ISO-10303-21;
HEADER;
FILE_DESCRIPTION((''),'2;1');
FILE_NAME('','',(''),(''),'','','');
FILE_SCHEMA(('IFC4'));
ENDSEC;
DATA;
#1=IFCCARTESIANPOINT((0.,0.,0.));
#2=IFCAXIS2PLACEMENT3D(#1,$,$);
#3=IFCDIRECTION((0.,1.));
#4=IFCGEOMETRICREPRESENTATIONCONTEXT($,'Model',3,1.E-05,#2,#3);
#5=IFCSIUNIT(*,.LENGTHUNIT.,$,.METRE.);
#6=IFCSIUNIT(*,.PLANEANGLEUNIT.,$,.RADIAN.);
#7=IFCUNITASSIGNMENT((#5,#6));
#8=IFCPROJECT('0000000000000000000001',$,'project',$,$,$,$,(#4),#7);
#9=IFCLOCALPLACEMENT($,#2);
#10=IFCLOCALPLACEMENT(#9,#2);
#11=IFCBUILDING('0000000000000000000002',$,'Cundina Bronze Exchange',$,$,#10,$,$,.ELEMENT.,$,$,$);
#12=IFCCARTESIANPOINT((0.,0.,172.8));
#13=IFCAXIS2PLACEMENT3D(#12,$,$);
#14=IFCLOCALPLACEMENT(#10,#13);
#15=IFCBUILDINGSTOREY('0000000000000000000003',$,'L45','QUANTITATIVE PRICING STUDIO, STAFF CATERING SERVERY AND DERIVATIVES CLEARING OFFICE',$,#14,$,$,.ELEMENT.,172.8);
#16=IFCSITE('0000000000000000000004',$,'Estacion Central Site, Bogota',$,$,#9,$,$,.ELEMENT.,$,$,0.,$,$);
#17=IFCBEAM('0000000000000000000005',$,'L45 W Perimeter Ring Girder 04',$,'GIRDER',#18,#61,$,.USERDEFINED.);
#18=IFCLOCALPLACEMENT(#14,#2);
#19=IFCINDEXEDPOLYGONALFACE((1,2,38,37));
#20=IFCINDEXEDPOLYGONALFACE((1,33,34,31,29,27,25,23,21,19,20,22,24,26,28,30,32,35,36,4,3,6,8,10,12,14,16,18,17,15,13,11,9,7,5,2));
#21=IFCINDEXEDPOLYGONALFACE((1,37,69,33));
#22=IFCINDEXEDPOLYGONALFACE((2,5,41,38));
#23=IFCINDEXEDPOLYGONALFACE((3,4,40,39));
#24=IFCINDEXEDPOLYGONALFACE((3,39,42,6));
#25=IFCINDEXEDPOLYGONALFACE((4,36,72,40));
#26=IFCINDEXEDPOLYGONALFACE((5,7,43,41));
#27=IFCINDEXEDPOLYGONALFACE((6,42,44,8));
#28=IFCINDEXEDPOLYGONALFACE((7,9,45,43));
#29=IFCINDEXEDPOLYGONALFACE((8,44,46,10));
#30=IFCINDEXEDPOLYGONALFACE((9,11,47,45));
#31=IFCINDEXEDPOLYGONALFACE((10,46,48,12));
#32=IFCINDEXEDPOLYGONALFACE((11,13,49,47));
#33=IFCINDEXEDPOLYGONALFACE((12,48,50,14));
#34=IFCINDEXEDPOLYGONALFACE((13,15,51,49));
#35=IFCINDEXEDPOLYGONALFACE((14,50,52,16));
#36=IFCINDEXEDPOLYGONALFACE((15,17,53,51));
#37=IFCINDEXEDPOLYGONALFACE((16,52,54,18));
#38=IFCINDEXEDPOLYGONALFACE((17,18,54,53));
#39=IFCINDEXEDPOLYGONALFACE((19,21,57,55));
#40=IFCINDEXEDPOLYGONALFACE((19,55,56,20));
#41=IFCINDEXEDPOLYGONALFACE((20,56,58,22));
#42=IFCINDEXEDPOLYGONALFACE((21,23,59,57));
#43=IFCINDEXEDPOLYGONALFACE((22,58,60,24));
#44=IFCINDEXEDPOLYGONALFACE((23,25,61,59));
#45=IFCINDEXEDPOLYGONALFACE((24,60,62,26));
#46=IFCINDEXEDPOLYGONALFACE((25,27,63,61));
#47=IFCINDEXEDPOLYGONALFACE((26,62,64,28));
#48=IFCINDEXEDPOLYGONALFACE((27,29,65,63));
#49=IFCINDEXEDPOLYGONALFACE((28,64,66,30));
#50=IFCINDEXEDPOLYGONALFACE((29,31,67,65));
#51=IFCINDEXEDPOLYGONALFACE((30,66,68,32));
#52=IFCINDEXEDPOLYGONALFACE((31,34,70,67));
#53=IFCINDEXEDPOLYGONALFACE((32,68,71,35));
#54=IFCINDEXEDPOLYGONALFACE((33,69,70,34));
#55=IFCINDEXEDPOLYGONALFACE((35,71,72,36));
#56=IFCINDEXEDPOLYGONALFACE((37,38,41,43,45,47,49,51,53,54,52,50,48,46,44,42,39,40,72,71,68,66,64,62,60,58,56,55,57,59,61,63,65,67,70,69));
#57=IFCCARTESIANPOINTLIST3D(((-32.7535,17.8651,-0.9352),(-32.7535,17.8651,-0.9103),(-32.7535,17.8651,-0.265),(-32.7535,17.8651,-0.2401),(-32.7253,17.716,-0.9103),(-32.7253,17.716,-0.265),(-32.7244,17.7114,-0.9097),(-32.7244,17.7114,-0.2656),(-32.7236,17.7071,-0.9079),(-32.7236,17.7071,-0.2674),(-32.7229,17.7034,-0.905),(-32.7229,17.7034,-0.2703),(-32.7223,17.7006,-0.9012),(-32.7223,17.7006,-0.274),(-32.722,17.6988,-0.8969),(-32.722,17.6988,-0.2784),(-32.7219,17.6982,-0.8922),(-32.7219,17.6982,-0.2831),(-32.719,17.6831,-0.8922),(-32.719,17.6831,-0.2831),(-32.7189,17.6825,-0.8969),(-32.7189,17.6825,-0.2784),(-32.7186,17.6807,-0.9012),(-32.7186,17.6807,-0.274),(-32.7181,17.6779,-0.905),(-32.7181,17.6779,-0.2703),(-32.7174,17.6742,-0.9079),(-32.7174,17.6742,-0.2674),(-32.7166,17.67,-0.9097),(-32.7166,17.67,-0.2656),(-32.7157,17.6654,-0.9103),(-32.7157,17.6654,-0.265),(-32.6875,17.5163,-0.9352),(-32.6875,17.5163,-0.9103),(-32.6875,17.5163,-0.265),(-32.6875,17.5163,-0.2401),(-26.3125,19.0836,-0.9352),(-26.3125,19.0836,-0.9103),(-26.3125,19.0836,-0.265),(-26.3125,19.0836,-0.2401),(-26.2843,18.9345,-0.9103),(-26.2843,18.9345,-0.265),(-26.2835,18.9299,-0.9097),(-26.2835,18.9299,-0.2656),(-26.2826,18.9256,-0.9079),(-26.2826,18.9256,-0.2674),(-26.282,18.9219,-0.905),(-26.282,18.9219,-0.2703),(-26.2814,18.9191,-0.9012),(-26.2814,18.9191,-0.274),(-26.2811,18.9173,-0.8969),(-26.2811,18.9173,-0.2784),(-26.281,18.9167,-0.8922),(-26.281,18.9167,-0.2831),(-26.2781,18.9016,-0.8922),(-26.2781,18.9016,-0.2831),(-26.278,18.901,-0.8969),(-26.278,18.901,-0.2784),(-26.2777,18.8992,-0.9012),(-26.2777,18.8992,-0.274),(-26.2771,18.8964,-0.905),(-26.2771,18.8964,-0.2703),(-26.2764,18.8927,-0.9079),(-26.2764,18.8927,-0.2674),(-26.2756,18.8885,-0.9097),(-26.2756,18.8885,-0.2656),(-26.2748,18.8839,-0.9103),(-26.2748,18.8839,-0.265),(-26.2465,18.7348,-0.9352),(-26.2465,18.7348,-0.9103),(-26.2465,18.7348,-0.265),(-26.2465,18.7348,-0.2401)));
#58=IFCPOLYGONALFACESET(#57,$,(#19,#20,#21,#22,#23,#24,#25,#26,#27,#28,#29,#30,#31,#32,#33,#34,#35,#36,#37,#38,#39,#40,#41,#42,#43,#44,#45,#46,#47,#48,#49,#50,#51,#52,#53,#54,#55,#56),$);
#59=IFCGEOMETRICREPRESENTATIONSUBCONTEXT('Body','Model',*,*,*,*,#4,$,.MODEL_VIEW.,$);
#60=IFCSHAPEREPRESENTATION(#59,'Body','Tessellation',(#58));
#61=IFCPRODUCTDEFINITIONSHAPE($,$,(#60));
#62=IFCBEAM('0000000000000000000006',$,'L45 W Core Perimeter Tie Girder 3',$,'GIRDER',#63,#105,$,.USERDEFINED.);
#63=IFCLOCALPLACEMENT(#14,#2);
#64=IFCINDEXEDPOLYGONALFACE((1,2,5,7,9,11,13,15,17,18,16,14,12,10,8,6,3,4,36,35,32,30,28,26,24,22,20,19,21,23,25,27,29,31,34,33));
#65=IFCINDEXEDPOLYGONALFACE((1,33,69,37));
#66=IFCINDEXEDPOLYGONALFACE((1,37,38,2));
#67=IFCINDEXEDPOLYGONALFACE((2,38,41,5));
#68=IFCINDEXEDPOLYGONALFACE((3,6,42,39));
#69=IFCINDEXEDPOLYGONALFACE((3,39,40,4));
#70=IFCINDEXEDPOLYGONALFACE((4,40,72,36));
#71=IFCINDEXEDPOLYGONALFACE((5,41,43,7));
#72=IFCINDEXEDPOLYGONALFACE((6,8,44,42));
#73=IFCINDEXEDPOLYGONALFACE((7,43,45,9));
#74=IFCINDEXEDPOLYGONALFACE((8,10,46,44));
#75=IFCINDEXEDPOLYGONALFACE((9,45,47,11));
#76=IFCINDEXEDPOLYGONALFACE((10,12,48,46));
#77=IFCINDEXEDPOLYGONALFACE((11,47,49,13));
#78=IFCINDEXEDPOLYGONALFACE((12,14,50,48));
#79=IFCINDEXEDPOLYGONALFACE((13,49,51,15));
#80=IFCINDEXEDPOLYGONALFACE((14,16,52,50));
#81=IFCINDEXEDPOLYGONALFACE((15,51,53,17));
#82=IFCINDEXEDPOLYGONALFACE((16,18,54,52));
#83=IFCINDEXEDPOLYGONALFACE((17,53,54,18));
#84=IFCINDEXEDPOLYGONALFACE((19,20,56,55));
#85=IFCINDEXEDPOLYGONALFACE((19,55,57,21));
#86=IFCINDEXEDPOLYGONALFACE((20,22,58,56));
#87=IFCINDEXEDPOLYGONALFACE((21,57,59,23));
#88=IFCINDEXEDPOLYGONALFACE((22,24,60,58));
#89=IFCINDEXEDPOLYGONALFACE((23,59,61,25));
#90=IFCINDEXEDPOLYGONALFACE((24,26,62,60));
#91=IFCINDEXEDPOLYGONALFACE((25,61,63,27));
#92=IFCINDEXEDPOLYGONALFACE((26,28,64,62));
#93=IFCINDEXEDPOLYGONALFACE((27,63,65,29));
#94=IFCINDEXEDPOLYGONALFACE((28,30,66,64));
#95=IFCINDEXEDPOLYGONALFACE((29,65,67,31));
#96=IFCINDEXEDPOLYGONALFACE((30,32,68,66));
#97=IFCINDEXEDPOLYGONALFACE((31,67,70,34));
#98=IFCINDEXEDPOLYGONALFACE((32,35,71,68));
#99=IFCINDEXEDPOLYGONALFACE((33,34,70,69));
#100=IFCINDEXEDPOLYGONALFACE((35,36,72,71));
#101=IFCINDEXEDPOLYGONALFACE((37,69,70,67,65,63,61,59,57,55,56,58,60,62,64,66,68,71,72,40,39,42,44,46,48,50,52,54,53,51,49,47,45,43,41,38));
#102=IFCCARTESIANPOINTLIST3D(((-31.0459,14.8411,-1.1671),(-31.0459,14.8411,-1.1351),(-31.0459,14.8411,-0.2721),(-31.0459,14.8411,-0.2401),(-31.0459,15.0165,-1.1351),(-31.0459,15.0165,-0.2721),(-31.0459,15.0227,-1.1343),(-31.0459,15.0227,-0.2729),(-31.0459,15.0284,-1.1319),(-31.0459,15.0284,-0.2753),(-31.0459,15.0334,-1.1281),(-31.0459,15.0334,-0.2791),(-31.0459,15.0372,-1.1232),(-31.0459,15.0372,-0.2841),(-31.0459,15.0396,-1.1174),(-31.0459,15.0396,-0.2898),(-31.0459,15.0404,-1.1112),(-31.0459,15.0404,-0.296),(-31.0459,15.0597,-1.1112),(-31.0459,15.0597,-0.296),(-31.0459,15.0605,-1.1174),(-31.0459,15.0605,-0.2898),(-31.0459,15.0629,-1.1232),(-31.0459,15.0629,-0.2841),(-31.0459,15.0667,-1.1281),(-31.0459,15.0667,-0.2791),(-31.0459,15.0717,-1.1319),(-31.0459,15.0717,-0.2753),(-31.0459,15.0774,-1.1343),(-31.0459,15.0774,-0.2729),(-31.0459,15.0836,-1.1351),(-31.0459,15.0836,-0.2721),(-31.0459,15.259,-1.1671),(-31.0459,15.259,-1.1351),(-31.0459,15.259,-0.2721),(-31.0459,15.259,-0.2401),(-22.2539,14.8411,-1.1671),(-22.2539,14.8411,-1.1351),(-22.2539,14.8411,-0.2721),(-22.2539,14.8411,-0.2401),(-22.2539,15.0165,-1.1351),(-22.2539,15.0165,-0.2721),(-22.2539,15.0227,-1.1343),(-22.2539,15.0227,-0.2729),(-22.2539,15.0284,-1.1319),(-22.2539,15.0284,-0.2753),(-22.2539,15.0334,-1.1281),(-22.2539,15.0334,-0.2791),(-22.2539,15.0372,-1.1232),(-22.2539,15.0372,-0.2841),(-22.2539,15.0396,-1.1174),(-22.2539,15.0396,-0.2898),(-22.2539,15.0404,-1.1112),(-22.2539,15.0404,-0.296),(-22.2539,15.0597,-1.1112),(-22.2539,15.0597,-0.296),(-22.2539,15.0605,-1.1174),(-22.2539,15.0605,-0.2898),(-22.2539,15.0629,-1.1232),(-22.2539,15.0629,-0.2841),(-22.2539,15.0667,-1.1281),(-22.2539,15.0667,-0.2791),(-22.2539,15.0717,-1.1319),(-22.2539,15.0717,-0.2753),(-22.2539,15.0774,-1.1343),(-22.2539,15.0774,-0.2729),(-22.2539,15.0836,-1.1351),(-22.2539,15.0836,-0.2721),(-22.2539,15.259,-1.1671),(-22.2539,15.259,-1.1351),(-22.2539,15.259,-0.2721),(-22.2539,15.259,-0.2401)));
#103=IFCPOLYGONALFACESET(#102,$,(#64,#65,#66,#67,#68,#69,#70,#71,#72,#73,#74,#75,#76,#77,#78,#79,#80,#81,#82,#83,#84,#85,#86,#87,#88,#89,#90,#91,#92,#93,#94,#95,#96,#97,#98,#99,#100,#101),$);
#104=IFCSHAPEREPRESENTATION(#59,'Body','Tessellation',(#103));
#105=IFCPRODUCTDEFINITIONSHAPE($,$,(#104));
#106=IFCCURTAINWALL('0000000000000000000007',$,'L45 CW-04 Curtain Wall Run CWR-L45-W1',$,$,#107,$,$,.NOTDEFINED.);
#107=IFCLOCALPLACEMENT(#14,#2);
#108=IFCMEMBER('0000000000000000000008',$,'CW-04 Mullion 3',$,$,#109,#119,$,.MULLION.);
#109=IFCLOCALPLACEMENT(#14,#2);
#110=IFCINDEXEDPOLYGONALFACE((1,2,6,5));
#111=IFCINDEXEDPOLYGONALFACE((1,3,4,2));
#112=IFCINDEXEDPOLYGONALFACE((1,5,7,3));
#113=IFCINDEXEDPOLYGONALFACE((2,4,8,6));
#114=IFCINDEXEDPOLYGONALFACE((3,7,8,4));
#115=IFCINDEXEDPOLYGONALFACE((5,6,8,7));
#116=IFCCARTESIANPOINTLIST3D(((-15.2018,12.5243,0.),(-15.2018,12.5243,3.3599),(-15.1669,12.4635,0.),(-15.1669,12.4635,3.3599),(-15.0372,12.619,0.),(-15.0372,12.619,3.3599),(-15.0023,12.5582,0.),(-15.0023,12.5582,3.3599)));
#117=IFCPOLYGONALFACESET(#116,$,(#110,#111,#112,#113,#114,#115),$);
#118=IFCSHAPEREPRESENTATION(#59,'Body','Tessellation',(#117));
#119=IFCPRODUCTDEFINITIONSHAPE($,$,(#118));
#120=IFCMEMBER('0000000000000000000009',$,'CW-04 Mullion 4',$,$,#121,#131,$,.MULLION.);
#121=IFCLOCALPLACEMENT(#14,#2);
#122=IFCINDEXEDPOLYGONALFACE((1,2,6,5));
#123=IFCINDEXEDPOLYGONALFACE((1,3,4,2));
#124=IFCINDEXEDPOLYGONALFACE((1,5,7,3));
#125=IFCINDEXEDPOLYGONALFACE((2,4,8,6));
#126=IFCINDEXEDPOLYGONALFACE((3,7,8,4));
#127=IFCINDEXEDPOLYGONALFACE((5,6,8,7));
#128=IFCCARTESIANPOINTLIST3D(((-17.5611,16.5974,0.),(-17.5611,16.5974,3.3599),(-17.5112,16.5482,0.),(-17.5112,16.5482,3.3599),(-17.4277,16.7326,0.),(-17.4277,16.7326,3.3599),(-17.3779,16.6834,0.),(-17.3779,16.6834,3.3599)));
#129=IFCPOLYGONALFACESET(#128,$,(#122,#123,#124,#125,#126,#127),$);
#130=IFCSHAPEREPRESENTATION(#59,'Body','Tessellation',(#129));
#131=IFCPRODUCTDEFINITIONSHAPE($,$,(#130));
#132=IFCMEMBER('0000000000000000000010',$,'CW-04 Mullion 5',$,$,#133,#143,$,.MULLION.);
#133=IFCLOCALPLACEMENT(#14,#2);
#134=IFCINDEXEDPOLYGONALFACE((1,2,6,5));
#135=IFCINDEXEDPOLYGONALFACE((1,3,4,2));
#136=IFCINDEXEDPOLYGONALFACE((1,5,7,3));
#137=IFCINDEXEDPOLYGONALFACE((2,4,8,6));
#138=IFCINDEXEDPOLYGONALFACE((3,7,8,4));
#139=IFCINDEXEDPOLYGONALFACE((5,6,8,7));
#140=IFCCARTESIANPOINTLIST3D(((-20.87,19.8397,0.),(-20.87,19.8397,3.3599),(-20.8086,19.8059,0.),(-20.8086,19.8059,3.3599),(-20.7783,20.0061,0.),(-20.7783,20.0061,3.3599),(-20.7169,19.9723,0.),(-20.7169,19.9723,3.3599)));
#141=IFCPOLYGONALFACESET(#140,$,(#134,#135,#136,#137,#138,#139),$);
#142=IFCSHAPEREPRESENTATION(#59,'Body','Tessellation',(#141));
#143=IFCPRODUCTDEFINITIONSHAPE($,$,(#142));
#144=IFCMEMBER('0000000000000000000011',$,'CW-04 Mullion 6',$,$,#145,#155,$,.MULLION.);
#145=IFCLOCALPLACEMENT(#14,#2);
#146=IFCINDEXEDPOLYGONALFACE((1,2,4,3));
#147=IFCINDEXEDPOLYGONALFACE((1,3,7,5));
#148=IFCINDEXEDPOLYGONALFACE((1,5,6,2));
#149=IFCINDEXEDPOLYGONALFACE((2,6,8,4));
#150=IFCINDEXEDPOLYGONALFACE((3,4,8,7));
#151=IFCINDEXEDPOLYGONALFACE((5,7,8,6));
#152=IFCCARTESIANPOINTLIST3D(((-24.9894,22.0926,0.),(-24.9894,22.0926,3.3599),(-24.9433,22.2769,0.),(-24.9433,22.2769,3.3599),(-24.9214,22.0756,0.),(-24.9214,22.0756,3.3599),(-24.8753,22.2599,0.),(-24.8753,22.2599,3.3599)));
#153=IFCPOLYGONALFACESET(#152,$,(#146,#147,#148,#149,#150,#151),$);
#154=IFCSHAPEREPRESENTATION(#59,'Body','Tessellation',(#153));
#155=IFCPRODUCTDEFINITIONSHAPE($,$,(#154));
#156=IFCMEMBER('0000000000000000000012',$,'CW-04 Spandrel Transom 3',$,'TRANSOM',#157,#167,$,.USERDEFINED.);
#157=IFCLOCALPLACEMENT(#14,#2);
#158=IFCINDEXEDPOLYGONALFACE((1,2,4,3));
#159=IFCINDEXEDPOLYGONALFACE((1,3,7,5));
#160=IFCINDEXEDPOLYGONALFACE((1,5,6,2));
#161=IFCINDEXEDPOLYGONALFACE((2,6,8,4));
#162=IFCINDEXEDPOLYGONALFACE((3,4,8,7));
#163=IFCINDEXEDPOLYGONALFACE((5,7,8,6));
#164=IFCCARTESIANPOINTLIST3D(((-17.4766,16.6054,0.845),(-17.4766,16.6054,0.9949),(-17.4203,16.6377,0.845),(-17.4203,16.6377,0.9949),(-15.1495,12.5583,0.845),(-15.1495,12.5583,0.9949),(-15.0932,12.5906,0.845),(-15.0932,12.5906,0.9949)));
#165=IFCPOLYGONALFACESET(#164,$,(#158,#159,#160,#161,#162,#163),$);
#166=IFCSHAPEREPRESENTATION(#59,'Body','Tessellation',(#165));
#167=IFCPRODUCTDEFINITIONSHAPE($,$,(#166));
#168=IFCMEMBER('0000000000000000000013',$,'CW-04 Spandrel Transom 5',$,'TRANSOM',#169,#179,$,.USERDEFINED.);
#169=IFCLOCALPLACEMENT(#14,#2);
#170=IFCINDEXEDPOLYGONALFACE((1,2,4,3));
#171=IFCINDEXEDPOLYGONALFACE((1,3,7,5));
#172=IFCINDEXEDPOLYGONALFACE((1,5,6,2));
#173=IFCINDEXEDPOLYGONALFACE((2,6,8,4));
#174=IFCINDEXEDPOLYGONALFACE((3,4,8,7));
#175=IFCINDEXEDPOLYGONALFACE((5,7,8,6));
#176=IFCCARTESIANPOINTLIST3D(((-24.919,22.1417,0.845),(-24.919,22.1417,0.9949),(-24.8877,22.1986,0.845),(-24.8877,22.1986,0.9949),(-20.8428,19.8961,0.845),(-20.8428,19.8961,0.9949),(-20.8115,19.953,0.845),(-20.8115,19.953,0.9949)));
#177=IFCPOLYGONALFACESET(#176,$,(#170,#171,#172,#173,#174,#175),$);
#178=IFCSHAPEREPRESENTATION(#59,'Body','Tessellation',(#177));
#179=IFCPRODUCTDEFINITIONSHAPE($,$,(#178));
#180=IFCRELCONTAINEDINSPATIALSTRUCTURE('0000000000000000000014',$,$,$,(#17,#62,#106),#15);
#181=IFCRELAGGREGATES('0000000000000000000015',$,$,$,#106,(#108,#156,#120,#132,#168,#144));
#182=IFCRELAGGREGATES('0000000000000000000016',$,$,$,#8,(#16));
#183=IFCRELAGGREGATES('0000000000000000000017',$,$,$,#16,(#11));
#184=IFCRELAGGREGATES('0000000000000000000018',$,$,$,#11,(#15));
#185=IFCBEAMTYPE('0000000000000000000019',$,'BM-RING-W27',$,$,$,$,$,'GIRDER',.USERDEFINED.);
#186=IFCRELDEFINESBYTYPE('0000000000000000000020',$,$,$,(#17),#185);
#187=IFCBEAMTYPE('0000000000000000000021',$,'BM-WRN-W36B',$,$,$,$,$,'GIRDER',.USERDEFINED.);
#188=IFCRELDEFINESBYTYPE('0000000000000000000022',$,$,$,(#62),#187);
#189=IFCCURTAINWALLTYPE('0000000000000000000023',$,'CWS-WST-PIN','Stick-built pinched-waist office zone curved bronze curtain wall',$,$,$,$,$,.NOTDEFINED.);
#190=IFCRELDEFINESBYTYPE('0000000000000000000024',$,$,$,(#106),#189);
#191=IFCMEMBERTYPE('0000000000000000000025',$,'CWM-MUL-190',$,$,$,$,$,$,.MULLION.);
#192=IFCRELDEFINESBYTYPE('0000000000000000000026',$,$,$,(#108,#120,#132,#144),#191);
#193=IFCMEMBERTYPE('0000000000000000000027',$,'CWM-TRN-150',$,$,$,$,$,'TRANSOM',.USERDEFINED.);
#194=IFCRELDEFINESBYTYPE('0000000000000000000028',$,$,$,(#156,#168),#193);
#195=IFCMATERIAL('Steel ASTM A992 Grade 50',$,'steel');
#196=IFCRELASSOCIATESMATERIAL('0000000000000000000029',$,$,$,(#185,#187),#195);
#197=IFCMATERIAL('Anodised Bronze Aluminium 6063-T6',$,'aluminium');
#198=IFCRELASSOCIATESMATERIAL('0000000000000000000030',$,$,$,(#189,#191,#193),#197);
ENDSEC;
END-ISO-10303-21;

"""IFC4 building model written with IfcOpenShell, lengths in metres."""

from ifc_helpers import new_model, si_unit, direction, frame, origin, origin_2d, place, context, subcontext, project, spatial, rectangle, i_section, extrude, material, material_profile, profile_set, type_object, element, aggregate, save


model = new_model("IFC4")

# Units and contexts
model_context = context("Model", 3, precision=1e-05, world=origin(), true_north=direction((0.0, 1.0)))
body_context = subcontext(model_context, "Body", "Model", "MODEL_VIEW")
ifc_project = project(units=[si_unit("LENGTHUNIT", "METRE"), si_unit("PLANEANGLEUNIT", "RADIAN")], contexts=[model_context])

# Site, building, storey
site_placement = place(None, origin())
site = spatial("IfcSite", under=ifc_project, at=site_placement, Name="Estacion Central Site, Bogota", CompositionType="ELEMENT", RefElevation=0.0)
building_placement = place(site_placement, origin())
building = spatial("IfcBuilding", under=site, at=building_placement, Name="Cundina Bronze Exchange", CompositionType="ELEMENT")
storey_placement = place(building_placement, frame((0.0, 0.0, 172.8)))
storey = spatial("IfcBuildingStorey", under=building, at=storey_placement, Name="L45", Description="QUANTITATIVE PRICING STUDIO, STAFF CATERING SERVERY AND DERIVATIVES CLEARING OFFICE", CompositionType="ELEMENT", Elevation=172.8)

# Shared definitions
ifc_material_1 = material(Name="Steel ASTM A992 Grade 50", Category="steel")

# Beams
ifc_material_profile_1 = material_profile(ifc_material_1, i_section(OverallWidth=0.355, OverallDepth=0.6951, WebThickness=0.0154, FlangeThickness=0.0249, FilletRadius=0.0181, at=origin_2d()), Name="W27X146", Category="steel")
ifc_profile_set_1 = profile_set([ifc_material_profile_1], Name="Steel ASTM A992 Grade 50")
beam_type_1 = type_object("IfcBeamType", Name="BM-RING-W27", ElementType="GIRDER", PredefinedType="USERDEFINED", material=ifc_profile_set_1)
beam_1_placement = place(storey_placement, frame((-26.2795, 18.9092, -0.5876), z_axis=(-0.982572, -0.185885, 0.0), x_axis=(0.185885, -0.982572, 0.0)))
element("IfcBeam", 1, at=beam_1_placement, inside=storey, type_object=beam_type_1, Name="L45 W Perimeter Ring Girder 04", ObjectType="GIRDER", PredefinedType="USERDEFINED", context=body_context, shape_type="SweptSolid", body=[
    extrude(i_section(OverallWidth=0.355, OverallDepth=0.6951, WebThickness=0.0154, FlangeThickness=0.0249, FilletRadius=0.0181, at=origin_2d()), origin(), (0.0, 0.0, 1.0), 6.5552),
])
ifc_material_profile_2 = material_profile(ifc_material_1, i_section(OverallWidth=0.418, OverallDepth=0.927, WebThickness=0.0193, FlangeThickness=0.032, FilletRadius=0.0239, at=origin_2d()), Name="W36X231", Category="steel")
ifc_profile_set_2 = profile_set([ifc_material_profile_2], Name="Steel ASTM A992 Grade 50")
beam_type_2 = type_object("IfcBeamType", Name="BM-WRN-W36B", ElementType="GIRDER", PredefinedType="USERDEFINED", material=ifc_profile_set_2)
beam_2_placement = place(storey_placement, frame((-22.2539, 15.05, -0.7036), z_axis=(-1.0, 0.0, 0.0), x_axis=(0.0, -1.0, 0.0)))
element("IfcBeam", 2, at=beam_2_placement, inside=storey, type_object=beam_type_2, Name="L45 W Core Perimeter Tie Girder 3", ObjectType="GIRDER", PredefinedType="USERDEFINED", context=body_context, shape_type="SweptSolid", body=[
    extrude(i_section(OverallWidth=0.418, OverallDepth=0.927, WebThickness=0.0193, FlangeThickness=0.032, FilletRadius=0.0239, at=origin_2d()), origin(), (0.0, 0.0, 1.0), 8.792),
])

# Curtain wall, members
ifc_material_2 = material(Name="Anodised Bronze Aluminium 6063-T6", Category="aluminium")
curtain_wall_type = type_object("IfcCurtainWallType", Name="CWS-WST-PIN", Description="Stick-built pinched-waist office zone curved bronze curtain wall", PredefinedType="NOTDEFINED", material=ifc_material_2)
curtain_wall_placement = place(storey_placement, origin())
curtain_wall = element("IfcCurtainWall", 3, at=curtain_wall_placement, inside=storey, type_object=curtain_wall_type, Name="L45 CW-04 Curtain Wall Run CWR-L45-W1", PredefinedType="NOTDEFINED")
ifc_material_profile_3 = material_profile(ifc_material_2, rectangle(XDim=0.0701, YDim=0.1899, at=origin_2d()), Name="AL70X190", Category="aluminium")
ifc_profile_set_3 = profile_set([ifc_material_profile_3], Name="Anodised Bronze Aluminium 6063-T6")
member_type_1 = type_object("IfcMemberType", Name="CWM-MUL-190", PredefinedType="MULLION", material=ifc_profile_set_3)
member_1_placement = place(storey_placement, frame((-15.1021, 12.5413, 0.0), z_axis=(0.0, 0.0, 1.0), x_axis=(-0.498488, 0.866897, 0.0)))
member_1 = element("IfcMember", 4, at=member_1_placement, type_object=member_type_1, Name="CW-04 Mullion 3", PredefinedType="MULLION", context=body_context, shape_type="SweptSolid", body=[
    extrude(rectangle(XDim=0.0701, YDim=0.1899, at=origin_2d()), origin(), (0.0, 0.0, 1.0), 3.3599),
])
member_2_placement = place(storey_placement, frame((-17.4695, 16.6404, 0.0), z_axis=(0.0, 0.0, 1.0), x_axis=(-0.712026, 0.702153, 0.0)))
member_2 = element("IfcMember", 5, at=member_2_placement, type_object=member_type_1, Name="CW-04 Mullion 4", PredefinedType="MULLION", context=body_context, shape_type="SweptSolid", body=[
    extrude(rectangle(XDim=0.0701, YDim=0.1899, at=origin_2d()), origin(), (0.0, 0.0, 1.0), 3.3599),
])
member_3_placement = place(storey_placement, frame((-20.7935, 19.906, 0.0), z_axis=(0.0, 0.0, 1.0), x_axis=(-0.875886, 0.482518, 0.0)))
member_3 = element("IfcMember", 6, at=member_3_placement, type_object=member_type_1, Name="CW-04 Mullion 5", PredefinedType="MULLION", context=body_context, shape_type="SweptSolid", body=[
    extrude(rectangle(XDim=0.0701, YDim=0.1899, at=origin_2d()), origin(), (0.0, 0.0, 1.0), 3.3599),
])
member_4_placement = place(storey_placement, frame((-24.9324, 22.1763, 0.0), z_axis=(0.0, 0.0, 1.0), x_axis=(-0.970084, 0.242769, 0.0)))
member_4 = element("IfcMember", 7, at=member_4_placement, type_object=member_type_1, Name="CW-04 Mullion 6", PredefinedType="MULLION", context=body_context, shape_type="SweptSolid", body=[
    extrude(rectangle(XDim=0.0701, YDim=0.1899, at=origin_2d()), origin(), (0.0, 0.0, 1.0), 3.3599),
])
ifc_material_profile_4 = material_profile(ifc_material_2, rectangle(XDim=0.0649, YDim=0.1499, at=origin_2d()), Name="AL65X150", Category="aluminium")
ifc_profile_set_4 = profile_set([ifc_material_profile_4], Name="Anodised Bronze Aluminium 6063-T6")
member_type_2 = type_object("IfcMemberType", Name="CWM-TRN-150", ElementType="TRANSOM", PredefinedType="USERDEFINED", material=ifc_profile_set_4)
member_5_placement = place(storey_placement, frame((-15.1213, 12.5745, 0.9199), z_axis=(-0.49848, 0.866901, 0.0), x_axis=(-0.866901, -0.49848, 0.0)))
member_5 = element("IfcMember", 8, at=member_5_placement, type_object=member_type_2, Name="CW-04 Spandrel Transom 3", ObjectType="TRANSOM", PredefinedType="USERDEFINED", context=body_context, shape_type="SweptSolid", body=[
    extrude(rectangle(XDim=0.0649, YDim=0.1499, at=origin_2d()), origin(), (0.0, 0.0, 1.0), 4.6685),
])
member_6_placement = place(storey_placement, frame((-20.8271, 19.9246, 0.9199), z_axis=(-0.875879, 0.482531, 0.0), x_axis=(-0.482531, -0.875879, 0.0)))
member_6 = element("IfcMember", 9, at=member_6_placement, type_object=member_type_2, Name="CW-04 Spandrel Transom 5", ObjectType="TRANSOM", PredefinedType="USERDEFINED", context=body_context, shape_type="SweptSolid", body=[
    extrude(rectangle(XDim=0.0649, YDim=0.1499, at=origin_2d()), origin(), (0.0, 0.0, 1.0), 4.6538),
])
aggregate(curtain_wall, [member_1, member_5, member_2, member_3, member_6, member_4])

save(model, "model.ifc")
